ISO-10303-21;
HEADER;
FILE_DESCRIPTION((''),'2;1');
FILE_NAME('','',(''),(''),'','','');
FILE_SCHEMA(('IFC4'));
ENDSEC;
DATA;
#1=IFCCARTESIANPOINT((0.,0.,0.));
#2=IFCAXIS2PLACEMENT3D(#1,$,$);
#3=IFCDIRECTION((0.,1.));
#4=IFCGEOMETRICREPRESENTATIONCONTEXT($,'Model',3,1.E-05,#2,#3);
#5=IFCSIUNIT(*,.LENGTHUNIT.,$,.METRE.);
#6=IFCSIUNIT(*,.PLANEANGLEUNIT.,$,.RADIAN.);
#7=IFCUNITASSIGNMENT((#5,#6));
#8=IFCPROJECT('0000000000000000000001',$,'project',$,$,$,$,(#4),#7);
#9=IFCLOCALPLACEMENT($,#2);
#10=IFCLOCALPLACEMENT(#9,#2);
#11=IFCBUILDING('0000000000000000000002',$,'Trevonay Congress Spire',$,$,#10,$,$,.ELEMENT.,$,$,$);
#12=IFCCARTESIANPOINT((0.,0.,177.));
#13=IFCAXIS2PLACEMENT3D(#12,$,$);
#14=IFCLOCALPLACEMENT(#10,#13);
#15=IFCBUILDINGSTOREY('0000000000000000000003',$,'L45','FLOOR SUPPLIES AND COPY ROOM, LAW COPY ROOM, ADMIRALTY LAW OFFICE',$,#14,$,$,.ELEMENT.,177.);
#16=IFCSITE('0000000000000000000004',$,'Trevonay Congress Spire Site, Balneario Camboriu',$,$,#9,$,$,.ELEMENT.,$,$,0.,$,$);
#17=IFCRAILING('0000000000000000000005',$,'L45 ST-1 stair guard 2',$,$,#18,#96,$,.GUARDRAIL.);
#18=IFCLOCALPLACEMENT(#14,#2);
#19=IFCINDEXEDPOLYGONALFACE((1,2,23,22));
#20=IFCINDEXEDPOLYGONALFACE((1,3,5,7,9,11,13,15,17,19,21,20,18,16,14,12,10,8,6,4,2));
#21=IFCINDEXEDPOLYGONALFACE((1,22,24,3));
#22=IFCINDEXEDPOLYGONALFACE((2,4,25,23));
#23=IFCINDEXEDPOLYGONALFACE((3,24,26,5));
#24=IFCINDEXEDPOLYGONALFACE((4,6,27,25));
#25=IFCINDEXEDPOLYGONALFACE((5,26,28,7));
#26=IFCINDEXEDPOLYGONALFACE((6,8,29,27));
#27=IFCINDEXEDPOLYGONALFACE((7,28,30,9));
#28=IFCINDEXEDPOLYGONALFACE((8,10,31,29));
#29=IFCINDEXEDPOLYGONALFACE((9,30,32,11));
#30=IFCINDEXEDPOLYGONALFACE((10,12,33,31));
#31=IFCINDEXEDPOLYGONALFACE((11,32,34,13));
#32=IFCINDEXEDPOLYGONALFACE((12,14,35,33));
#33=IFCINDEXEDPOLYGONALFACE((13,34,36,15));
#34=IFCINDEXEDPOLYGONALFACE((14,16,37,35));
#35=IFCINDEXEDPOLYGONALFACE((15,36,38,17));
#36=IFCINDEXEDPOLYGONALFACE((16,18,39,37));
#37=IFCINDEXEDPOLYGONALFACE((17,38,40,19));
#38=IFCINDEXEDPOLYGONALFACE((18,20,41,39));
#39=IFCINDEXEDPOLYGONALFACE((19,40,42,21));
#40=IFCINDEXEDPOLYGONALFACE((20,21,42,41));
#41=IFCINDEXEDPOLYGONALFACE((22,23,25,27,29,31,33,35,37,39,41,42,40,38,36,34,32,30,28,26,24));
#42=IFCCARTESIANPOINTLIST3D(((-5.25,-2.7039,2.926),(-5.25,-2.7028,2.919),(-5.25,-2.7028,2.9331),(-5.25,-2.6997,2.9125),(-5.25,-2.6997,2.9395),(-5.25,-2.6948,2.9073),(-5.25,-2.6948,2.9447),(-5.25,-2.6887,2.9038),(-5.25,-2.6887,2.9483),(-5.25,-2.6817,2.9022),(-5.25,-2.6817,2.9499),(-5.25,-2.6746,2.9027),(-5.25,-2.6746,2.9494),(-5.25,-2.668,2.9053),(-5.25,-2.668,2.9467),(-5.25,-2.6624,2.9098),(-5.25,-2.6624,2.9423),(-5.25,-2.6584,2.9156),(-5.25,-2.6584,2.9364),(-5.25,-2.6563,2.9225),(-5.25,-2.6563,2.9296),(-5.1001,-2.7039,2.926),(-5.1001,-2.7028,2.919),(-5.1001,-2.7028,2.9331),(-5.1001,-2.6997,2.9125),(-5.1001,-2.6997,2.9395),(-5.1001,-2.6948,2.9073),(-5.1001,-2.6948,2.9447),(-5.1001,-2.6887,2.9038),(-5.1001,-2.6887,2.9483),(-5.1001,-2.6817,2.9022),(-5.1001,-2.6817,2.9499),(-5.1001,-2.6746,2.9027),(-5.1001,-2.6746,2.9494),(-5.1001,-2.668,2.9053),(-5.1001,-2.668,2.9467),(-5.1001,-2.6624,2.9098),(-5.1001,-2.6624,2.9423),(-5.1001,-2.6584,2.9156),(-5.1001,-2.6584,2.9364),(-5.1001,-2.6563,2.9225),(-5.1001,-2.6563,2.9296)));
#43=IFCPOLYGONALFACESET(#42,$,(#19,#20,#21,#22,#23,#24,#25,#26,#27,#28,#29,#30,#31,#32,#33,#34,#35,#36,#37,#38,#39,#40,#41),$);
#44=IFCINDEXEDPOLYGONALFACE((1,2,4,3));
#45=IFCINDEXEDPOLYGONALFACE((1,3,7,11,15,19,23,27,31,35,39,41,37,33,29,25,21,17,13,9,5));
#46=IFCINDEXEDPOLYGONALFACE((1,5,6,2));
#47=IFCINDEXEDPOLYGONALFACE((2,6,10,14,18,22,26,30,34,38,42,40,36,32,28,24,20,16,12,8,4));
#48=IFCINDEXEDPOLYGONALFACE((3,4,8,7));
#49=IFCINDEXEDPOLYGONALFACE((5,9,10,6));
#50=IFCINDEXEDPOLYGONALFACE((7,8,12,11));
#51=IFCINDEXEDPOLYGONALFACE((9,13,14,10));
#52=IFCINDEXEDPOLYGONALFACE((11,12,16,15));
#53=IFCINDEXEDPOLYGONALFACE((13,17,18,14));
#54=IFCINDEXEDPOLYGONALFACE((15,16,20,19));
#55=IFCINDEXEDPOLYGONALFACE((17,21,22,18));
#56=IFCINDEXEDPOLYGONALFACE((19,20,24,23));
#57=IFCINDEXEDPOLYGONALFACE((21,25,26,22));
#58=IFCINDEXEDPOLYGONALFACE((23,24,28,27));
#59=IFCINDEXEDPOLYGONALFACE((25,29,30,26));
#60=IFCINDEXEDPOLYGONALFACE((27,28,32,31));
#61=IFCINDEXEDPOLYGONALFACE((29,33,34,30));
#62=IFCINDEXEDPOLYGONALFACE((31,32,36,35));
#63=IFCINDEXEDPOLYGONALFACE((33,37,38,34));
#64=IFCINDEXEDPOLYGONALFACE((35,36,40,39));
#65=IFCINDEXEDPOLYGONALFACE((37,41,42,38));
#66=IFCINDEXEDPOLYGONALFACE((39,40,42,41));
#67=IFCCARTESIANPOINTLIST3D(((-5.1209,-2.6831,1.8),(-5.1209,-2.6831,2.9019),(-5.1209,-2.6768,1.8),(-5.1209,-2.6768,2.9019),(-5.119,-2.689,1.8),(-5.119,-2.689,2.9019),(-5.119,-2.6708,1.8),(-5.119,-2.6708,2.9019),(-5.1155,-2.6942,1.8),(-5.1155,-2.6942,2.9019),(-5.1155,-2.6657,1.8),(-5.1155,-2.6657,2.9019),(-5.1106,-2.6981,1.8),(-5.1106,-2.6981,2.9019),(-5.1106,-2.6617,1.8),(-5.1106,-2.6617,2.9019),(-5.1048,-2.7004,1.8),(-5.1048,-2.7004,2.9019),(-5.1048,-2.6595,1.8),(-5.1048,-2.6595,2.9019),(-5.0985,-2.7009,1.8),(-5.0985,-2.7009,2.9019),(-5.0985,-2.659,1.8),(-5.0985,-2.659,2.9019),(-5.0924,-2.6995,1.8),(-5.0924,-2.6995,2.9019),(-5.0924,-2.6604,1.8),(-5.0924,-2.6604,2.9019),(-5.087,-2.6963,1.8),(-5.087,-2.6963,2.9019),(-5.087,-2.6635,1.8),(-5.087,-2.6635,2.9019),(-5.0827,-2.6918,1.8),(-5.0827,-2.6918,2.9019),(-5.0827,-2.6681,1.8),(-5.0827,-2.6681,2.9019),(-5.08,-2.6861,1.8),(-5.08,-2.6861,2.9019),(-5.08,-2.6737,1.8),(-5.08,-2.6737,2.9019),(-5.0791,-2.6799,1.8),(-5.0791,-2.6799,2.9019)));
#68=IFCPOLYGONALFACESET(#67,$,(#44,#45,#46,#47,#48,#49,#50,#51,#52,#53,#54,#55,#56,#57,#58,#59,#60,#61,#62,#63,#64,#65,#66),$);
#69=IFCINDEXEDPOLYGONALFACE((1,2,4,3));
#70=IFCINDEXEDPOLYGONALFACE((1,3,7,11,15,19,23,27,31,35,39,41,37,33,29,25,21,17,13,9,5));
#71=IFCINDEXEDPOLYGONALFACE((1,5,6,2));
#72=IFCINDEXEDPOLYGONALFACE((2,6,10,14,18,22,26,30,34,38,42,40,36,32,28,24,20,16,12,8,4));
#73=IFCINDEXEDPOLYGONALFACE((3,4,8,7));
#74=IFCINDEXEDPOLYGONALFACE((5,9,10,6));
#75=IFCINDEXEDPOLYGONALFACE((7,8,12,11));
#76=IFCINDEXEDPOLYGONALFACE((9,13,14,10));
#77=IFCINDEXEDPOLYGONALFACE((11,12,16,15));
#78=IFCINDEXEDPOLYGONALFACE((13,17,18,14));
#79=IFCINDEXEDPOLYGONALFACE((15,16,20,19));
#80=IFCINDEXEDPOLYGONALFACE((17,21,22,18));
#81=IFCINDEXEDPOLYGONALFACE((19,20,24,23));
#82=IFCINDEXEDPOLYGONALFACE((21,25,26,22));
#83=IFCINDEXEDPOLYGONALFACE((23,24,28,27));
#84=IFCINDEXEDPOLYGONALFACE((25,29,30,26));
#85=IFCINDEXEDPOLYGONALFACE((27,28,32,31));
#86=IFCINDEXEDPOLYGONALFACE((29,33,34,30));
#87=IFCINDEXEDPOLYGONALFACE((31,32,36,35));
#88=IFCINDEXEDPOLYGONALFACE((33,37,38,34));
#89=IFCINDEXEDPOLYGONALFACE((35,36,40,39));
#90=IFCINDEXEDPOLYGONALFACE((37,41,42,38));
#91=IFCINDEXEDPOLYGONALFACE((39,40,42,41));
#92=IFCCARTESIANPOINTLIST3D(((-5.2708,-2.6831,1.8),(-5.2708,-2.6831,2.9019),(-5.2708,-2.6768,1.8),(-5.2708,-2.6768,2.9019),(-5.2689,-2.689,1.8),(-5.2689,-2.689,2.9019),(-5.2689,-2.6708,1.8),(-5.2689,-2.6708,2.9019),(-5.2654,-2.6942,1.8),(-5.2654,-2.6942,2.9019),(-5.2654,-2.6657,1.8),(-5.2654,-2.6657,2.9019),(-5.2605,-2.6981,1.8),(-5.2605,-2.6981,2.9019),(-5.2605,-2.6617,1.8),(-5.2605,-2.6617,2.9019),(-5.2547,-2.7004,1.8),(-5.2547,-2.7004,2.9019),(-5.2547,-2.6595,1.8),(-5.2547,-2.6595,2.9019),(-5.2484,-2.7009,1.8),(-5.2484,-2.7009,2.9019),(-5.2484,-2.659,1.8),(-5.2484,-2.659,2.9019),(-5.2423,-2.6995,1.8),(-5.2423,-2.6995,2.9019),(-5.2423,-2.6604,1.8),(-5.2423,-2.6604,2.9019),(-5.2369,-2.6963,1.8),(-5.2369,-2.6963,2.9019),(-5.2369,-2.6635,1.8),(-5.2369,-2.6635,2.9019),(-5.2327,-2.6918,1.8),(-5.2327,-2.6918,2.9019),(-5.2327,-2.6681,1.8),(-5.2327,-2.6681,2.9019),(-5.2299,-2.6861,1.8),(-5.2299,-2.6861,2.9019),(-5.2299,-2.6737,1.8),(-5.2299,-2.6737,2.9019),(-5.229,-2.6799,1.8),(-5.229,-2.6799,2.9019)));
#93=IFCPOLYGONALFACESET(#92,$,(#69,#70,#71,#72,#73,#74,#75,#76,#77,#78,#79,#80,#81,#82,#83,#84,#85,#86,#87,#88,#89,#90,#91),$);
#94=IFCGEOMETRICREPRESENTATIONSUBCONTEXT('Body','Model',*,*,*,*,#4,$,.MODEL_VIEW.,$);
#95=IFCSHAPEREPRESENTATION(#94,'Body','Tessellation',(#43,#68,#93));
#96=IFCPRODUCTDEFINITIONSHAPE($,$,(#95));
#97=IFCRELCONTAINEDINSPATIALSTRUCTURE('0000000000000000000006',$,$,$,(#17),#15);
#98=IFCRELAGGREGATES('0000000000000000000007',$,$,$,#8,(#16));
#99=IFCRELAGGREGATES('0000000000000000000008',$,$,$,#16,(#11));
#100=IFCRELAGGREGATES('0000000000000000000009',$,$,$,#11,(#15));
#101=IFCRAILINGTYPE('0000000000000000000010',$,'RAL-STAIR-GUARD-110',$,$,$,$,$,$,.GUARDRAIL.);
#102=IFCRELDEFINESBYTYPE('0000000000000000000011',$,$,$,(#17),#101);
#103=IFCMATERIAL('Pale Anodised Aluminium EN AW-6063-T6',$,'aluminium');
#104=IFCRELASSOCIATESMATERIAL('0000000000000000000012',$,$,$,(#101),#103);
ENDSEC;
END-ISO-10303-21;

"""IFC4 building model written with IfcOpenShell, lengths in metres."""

from ifc_helpers import new_model, si_unit, direction, frame, origin, origin_2d, place, context, subcontext, project, spatial, circle, extrude, material, type_object, element, save


model = new_model("IFC4")

# Units and contexts
model_context = context("Model", 3, precision=1e-05, world=origin(), true_north=direction((0.0, 1.0)))
body_context = subcontext(model_context, "Body", "Model", "MODEL_VIEW")
ifc_project = project(units=[si_unit("LENGTHUNIT", "METRE"), si_unit("PLANEANGLEUNIT", "RADIAN")], contexts=[model_context])

# Site, building, storey
site_placement = place(None, origin())
site = spatial("IfcSite", under=ifc_project, at=site_placement, Name="Trevonay Congress Spire Site, Balneario Camboriu", CompositionType="ELEMENT", RefElevation=0.0)
building_placement = place(site_placement, origin())
building = spatial("IfcBuilding", under=site, at=building_placement, Name="Trevonay Congress Spire", CompositionType="ELEMENT")
storey_placement = place(building_placement, frame((0.0, 0.0, 177.0)))
storey = spatial("IfcBuildingStorey", under=building, at=storey_placement, Name="L45", Description="FLOOR SUPPLIES AND COPY ROOM, LAW COPY ROOM, ADMIRALTY LAW OFFICE", CompositionType="ELEMENT", Elevation=177.0)

# Railing
ifc_material_1 = material(Name="Pale Anodised Aluminium EN AW-6063-T6", Category="aluminium")
railing_type_1 = type_object("IfcRailingType", Name="RAL-STAIR-GUARD-110", PredefinedType="GUARDRAIL", material=ifc_material_1)
railing_1_placement = place(storey_placement, frame((-5.1001, -2.6799, 1.8)))
element("IfcRailing", 1, at=railing_1_placement, inside=storey, type_object=railing_type_1, Name="L45 ST-1 stair guard 2", PredefinedType="GUARDRAIL", context=body_context, shape_type="SweptSolid", body=[
    extrude(circle(Radius=0.0239, at=origin_2d()), frame((0.0, 0.0, 1.126), z_axis=(-1.0, 0.0, 0.0), x_axis=(0.0, -1.0, 0.0)), (0.0, 0.0, 1.0), 0.1499),
    extrude(circle(Radius=0.021, at=origin_2d()), origin(), (0.0, 0.0, 1.0), 1.1018),
    extrude(circle(Radius=0.021, at=origin_2d()), frame((-0.1499, 0.0, 0.0)), (0.0, 0.0, 1.0), 1.1018),
])

save(model, "model.ifc")
